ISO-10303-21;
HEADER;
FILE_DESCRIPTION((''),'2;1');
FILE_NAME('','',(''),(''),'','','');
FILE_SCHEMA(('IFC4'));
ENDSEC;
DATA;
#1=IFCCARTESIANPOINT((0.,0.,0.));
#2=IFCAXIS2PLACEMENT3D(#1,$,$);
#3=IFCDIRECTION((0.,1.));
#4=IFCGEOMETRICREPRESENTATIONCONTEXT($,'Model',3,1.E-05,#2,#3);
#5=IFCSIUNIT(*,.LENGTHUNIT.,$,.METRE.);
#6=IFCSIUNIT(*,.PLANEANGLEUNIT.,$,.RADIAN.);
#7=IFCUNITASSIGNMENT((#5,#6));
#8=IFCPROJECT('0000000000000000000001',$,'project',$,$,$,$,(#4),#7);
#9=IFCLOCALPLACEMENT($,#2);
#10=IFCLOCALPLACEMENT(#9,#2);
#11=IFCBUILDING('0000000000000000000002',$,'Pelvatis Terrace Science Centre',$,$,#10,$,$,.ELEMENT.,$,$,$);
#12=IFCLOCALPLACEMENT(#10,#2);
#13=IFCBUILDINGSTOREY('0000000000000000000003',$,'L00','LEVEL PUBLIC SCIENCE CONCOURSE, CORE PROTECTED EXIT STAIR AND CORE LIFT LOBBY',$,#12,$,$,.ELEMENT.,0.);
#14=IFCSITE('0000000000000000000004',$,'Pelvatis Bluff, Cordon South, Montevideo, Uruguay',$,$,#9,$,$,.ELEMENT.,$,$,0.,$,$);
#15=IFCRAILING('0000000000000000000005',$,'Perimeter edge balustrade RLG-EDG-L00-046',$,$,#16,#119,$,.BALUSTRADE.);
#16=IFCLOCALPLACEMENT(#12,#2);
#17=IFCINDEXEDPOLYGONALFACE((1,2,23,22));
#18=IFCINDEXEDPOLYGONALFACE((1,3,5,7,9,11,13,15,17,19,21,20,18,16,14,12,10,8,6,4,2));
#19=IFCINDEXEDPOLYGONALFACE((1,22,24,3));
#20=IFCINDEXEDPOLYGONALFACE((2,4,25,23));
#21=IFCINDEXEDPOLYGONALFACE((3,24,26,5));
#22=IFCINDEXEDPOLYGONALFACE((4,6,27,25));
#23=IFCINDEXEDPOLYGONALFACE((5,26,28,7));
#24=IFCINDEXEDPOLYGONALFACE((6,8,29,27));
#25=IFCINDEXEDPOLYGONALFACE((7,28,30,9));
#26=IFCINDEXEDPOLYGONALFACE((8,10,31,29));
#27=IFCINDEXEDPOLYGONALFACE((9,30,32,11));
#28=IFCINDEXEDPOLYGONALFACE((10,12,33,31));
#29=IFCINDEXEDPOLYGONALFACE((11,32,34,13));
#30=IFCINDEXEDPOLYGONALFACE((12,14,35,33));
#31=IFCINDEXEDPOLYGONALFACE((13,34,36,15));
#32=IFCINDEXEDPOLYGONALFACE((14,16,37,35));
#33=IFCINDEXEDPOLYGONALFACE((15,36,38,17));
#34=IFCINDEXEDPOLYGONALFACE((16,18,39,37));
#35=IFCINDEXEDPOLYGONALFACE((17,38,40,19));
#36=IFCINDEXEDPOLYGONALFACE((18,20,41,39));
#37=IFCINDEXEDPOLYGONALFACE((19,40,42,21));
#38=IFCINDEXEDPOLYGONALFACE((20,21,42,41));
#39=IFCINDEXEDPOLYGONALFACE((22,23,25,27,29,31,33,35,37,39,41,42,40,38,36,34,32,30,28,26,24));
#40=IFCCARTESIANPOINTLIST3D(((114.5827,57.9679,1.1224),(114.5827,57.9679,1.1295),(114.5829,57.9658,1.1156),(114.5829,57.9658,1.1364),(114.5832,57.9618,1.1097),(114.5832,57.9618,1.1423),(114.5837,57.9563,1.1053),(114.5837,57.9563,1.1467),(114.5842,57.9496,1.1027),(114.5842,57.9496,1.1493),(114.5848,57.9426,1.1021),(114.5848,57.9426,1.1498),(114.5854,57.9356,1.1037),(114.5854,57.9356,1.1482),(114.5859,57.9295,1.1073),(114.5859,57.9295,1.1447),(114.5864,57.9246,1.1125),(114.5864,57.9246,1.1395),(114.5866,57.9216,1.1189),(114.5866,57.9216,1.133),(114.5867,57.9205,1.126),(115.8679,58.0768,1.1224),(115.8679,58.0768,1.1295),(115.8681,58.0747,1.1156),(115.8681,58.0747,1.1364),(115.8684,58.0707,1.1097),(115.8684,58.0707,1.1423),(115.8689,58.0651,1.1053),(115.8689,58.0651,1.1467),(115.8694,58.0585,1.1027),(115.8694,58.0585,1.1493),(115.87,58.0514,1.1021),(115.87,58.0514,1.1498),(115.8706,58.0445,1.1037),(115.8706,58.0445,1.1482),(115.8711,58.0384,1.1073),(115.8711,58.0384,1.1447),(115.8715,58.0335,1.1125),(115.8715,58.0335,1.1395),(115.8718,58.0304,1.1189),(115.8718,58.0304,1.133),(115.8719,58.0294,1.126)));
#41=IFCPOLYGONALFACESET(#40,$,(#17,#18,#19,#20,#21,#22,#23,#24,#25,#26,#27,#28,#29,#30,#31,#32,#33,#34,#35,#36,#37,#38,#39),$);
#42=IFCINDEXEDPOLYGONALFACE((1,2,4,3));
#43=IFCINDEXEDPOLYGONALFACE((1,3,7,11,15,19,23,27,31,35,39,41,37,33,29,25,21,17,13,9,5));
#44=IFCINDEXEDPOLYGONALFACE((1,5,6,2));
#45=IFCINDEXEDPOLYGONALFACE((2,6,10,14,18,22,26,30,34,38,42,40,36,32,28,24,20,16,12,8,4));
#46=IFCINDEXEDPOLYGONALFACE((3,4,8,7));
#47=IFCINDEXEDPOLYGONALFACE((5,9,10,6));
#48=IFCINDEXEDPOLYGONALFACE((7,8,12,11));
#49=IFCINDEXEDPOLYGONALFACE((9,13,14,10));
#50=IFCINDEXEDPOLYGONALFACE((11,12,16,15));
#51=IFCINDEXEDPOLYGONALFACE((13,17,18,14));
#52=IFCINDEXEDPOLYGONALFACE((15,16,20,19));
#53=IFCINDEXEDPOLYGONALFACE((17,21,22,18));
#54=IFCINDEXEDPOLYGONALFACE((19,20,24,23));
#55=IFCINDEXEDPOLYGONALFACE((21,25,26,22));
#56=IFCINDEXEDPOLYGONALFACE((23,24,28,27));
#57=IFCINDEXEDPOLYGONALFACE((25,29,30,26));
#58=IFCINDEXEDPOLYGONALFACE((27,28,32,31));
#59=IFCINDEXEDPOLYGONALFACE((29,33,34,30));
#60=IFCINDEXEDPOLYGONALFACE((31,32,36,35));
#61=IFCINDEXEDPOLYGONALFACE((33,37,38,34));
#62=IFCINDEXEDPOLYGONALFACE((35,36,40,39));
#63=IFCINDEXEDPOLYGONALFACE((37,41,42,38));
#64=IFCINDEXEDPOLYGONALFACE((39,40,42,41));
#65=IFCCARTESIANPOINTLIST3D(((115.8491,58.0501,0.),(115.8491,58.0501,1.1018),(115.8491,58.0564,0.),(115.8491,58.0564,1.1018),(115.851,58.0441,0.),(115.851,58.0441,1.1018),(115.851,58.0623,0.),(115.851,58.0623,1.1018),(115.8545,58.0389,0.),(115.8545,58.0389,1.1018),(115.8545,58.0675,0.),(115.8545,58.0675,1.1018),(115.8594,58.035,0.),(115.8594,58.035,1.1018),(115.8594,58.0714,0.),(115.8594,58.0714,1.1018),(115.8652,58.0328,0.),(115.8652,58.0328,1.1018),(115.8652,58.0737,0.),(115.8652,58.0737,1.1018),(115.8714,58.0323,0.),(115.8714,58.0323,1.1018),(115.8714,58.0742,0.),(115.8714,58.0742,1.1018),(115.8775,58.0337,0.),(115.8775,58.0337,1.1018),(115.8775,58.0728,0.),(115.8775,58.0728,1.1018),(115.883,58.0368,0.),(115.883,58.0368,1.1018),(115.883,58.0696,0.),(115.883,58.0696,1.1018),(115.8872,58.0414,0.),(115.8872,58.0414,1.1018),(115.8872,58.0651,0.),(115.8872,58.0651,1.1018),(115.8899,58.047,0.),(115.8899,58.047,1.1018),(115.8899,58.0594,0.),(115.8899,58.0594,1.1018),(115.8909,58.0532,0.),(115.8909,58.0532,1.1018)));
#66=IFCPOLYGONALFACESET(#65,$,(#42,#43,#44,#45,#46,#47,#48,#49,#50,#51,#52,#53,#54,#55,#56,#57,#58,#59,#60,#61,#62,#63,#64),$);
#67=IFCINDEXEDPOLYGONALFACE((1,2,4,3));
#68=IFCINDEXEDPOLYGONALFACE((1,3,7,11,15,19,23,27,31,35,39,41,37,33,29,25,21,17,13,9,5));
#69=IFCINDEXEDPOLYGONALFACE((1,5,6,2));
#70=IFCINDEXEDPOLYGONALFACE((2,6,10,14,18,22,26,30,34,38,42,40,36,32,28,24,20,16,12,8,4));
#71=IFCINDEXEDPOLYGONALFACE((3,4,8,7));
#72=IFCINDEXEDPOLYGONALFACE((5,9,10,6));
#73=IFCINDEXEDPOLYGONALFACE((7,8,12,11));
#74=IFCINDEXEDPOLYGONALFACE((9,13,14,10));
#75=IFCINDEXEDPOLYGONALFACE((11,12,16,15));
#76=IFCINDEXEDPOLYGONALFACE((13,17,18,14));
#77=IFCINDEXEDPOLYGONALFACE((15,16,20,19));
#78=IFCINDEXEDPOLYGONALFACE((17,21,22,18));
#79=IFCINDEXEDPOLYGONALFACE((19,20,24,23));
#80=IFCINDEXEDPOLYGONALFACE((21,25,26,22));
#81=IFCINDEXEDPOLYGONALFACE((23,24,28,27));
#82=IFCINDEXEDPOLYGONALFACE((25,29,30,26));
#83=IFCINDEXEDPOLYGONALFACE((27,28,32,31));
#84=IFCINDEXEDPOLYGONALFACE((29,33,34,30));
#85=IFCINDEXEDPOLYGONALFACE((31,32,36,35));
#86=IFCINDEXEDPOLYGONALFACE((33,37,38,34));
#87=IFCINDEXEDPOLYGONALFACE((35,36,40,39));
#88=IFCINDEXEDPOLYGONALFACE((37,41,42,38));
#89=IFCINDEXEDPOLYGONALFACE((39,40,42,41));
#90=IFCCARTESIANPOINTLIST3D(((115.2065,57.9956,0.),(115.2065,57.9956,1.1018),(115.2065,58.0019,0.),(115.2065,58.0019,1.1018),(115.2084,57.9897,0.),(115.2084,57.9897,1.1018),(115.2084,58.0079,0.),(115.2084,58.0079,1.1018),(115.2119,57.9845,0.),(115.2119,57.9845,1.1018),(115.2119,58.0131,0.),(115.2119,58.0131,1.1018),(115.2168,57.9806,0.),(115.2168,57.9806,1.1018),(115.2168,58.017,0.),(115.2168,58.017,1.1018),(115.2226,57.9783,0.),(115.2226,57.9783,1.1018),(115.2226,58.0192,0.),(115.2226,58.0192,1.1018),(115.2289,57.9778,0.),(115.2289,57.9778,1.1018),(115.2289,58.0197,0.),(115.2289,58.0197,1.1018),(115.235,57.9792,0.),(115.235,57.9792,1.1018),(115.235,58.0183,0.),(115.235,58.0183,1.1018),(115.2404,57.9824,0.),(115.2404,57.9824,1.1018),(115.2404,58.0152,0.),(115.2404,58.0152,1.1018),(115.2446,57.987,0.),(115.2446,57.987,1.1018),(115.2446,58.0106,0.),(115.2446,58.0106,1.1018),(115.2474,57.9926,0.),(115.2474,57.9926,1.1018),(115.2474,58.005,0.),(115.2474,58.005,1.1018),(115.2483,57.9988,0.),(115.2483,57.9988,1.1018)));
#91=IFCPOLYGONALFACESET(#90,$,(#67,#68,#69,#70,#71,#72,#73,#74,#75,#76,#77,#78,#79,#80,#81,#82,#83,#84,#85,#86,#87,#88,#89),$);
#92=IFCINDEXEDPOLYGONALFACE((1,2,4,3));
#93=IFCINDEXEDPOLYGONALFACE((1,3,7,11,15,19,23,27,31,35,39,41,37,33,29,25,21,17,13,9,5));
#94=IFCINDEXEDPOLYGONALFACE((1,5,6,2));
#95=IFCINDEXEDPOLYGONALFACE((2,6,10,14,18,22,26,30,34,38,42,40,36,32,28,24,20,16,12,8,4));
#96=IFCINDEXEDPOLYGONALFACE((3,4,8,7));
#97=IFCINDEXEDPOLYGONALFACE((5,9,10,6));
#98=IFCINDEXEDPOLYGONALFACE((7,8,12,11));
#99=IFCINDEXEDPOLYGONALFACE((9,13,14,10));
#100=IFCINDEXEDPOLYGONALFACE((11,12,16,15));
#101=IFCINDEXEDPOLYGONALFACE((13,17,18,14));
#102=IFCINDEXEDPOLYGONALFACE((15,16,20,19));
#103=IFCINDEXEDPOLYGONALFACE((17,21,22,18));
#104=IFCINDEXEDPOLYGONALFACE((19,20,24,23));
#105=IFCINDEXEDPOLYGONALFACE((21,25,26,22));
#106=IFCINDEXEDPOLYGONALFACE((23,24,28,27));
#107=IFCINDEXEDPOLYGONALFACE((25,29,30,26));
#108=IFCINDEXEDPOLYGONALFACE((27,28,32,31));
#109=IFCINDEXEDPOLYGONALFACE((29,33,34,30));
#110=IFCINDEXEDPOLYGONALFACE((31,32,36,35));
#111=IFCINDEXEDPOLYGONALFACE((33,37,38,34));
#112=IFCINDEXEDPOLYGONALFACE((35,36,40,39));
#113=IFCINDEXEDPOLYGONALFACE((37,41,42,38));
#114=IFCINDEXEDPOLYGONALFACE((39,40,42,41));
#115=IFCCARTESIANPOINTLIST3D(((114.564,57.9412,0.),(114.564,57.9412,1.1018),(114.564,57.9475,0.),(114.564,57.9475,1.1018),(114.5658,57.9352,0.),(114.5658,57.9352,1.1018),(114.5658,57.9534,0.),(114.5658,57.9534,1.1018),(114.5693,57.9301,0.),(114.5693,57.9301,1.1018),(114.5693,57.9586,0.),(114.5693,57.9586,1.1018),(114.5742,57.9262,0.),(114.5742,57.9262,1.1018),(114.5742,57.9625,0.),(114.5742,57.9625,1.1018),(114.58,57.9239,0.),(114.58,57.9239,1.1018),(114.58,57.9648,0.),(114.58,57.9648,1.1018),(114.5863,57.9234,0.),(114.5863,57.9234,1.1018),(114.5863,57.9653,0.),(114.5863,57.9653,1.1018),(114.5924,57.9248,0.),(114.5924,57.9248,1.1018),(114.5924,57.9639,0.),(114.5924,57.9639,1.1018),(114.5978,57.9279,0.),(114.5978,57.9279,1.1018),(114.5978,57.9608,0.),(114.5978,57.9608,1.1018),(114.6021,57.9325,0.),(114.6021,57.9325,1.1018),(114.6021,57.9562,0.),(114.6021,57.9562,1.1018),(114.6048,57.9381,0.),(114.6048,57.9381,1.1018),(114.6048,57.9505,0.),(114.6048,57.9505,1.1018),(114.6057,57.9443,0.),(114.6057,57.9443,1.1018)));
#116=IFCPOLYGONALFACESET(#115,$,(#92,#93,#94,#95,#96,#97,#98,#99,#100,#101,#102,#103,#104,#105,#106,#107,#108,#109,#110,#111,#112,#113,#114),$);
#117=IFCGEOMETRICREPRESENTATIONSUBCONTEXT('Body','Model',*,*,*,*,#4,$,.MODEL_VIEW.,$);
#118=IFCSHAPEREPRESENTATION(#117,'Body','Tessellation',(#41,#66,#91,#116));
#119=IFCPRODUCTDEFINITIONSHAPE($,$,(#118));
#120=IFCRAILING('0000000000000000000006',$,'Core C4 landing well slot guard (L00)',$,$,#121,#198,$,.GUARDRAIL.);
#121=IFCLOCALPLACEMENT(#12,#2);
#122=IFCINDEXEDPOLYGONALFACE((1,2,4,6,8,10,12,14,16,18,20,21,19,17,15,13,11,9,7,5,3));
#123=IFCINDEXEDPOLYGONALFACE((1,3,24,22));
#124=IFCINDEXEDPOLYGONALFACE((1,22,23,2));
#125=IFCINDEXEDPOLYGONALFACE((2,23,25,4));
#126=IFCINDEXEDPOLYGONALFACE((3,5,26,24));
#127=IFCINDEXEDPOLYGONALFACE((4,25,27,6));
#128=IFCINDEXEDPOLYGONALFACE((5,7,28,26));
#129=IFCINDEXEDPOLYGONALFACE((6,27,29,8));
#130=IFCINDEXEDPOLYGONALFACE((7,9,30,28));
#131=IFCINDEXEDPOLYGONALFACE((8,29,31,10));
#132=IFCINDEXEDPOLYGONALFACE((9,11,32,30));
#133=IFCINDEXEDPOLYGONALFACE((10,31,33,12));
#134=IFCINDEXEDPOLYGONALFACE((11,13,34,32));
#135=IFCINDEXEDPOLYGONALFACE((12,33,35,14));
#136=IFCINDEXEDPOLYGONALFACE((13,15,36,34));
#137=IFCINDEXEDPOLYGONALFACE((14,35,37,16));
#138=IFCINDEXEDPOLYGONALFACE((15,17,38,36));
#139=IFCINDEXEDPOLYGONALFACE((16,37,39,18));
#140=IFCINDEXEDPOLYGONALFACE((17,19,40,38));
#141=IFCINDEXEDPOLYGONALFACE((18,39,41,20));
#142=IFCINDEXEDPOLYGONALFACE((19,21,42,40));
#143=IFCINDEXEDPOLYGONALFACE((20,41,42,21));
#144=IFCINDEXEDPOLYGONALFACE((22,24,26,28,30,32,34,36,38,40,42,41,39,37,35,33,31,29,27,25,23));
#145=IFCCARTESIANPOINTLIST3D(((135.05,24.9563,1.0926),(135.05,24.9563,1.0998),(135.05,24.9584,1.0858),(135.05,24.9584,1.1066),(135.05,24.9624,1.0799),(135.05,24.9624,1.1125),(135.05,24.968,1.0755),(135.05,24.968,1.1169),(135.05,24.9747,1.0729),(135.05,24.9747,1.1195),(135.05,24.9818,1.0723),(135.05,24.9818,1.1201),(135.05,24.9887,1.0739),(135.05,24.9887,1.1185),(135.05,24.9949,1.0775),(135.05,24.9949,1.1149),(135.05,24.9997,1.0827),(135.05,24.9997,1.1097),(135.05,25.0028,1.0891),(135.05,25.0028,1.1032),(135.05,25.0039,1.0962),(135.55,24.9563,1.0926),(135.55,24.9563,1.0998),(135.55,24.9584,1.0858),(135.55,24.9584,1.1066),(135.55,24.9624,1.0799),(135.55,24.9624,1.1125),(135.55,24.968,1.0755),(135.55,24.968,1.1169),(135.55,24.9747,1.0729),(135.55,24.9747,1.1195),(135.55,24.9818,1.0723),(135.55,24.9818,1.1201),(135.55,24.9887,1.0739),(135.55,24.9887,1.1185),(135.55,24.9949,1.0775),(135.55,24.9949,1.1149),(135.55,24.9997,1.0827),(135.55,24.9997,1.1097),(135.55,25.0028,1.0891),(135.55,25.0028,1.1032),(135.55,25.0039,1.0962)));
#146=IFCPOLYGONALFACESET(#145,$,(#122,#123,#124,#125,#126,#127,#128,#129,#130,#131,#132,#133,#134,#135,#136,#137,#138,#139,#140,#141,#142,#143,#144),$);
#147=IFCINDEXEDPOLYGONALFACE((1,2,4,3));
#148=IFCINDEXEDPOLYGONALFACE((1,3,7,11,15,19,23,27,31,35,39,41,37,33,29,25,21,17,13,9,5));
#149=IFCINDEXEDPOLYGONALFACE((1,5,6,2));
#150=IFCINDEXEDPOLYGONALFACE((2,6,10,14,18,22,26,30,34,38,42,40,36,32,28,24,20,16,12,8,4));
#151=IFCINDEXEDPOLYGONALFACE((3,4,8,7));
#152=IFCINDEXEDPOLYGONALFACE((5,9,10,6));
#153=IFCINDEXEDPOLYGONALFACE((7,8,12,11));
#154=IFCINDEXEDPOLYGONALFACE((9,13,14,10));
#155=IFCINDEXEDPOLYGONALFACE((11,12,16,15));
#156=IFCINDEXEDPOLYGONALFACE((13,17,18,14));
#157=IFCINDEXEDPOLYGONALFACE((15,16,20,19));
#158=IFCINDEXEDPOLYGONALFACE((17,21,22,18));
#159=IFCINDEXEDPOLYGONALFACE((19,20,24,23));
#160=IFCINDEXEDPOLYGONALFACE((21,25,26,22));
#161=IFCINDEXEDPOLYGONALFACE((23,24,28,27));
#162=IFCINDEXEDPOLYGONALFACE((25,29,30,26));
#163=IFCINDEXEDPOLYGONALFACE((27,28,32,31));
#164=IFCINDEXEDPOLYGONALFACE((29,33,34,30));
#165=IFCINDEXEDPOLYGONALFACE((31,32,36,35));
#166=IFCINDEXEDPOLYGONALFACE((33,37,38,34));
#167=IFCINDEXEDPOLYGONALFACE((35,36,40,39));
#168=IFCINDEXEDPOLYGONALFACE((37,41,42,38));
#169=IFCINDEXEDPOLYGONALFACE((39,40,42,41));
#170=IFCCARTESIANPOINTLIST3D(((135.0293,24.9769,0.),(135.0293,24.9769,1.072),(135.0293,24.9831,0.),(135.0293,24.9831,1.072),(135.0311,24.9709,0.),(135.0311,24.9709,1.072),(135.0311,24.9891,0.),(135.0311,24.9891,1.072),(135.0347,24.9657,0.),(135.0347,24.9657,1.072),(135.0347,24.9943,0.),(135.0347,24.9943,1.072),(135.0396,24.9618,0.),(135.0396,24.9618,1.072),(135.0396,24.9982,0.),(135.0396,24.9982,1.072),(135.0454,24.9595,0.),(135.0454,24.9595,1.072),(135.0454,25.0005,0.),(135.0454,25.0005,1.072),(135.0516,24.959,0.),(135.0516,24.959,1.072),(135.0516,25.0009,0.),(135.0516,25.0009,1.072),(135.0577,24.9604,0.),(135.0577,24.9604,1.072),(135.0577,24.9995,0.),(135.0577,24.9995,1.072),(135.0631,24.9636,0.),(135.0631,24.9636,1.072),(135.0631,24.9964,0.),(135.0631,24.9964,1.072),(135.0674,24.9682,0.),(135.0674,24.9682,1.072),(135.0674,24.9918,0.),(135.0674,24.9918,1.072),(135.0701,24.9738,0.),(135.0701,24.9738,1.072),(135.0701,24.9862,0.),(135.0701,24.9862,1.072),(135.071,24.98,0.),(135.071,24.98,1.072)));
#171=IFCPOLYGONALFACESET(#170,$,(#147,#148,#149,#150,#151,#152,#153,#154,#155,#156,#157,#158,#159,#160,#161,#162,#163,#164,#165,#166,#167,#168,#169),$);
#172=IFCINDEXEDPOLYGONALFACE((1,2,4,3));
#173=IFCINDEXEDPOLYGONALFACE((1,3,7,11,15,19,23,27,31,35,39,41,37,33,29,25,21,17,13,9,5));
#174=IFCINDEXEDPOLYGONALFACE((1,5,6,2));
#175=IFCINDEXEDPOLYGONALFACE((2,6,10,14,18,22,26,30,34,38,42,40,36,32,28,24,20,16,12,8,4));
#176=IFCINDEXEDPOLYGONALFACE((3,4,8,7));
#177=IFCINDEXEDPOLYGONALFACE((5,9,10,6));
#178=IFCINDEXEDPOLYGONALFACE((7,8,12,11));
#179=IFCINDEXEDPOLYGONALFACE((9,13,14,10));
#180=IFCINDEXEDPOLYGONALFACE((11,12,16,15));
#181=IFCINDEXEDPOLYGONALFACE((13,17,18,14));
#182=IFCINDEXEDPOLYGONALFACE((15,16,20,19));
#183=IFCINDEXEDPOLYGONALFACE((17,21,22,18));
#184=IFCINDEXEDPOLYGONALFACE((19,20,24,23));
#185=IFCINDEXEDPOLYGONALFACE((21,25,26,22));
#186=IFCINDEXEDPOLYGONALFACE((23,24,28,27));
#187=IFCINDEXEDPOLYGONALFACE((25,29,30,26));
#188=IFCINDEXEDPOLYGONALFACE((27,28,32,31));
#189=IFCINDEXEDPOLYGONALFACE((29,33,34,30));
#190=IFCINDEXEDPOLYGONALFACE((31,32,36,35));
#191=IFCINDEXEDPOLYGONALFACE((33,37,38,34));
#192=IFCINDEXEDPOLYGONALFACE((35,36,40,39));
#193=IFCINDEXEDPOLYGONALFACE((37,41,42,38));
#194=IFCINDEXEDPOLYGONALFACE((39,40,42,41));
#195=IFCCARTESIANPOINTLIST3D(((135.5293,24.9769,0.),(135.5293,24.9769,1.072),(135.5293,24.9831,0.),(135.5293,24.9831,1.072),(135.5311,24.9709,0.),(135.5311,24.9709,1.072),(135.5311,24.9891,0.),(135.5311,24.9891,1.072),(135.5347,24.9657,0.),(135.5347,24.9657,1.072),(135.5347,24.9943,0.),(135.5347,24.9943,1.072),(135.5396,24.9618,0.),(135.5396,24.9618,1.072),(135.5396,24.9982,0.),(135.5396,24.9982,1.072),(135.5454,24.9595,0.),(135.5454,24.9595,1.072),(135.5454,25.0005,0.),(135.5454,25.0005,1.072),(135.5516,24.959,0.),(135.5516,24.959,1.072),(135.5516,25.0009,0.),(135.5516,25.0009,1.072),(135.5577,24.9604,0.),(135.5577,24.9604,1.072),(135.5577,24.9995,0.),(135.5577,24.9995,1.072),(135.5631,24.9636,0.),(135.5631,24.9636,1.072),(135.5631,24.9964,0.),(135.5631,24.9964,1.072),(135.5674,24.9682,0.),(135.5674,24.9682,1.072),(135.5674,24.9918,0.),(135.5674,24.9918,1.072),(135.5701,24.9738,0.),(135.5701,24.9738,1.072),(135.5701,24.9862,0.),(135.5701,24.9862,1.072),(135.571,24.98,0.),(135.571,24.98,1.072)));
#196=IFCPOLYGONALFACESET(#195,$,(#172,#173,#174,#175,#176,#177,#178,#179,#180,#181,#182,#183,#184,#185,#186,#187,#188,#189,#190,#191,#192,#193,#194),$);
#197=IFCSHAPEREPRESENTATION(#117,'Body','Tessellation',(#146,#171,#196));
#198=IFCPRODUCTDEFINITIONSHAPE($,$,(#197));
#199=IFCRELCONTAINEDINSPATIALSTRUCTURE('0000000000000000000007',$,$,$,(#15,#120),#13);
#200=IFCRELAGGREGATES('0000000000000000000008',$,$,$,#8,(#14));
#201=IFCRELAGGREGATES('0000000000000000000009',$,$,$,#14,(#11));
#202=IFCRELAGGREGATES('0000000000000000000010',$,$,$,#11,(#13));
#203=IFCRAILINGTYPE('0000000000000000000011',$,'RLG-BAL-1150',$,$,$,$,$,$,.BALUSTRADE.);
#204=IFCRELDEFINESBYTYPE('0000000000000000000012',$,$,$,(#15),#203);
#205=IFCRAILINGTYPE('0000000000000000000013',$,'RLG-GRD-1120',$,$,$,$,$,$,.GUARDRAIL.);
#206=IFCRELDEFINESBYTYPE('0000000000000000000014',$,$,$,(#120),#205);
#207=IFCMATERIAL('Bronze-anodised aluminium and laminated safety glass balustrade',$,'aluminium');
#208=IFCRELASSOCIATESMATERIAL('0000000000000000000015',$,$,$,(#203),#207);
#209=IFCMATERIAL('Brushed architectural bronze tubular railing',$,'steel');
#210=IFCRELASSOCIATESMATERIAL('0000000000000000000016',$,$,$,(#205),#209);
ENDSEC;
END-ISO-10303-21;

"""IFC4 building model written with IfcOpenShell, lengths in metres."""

from ifc_helpers import new_model, si_unit, direction, frame, origin, origin_2d, place, context, subcontext, project, spatial, circle, extrude, material, type_object, element, save


model = new_model("IFC4")

# Units and contexts
model_context = context("Model", 3, precision=1e-05, world=origin(), true_north=direction((0.0, 1.0)))
body_context = subcontext(model_context, "Body", "Model", "MODEL_VIEW")
ifc_project = project(units=[si_unit("LENGTHUNIT", "METRE"), si_unit("PLANEANGLEUNIT", "RADIAN")], contexts=[model_context])

# Site, building, storey
site_placement = place(None, origin())
site = spatial("IfcSite", under=ifc_project, at=site_placement, Name="Pelvatis Bluff, Cordon South, Montevideo, Uruguay", CompositionType="ELEMENT", RefElevation=0.0)
building_placement = place(site_placement, origin())
building = spatial("IfcBuilding", under=site, at=building_placement, Name="Pelvatis Terrace Science Centre", CompositionType="ELEMENT")
storey_placement = place(building_placement, origin())
storey = spatial("IfcBuildingStorey", under=building, at=storey_placement, Name="L00", Description="LEVEL PUBLIC SCIENCE CONCOURSE, CORE PROTECTED EXIT STAIR AND CORE LIFT LOBBY", CompositionType="ELEMENT", Elevation=0.0)

# Railings
ifc_material_1 = material(Name="Bronze-anodised aluminium and laminated safety glass balustrade", Category="aluminium")
railing_type_1 = type_object("IfcRailingType", Name="RLG-BAL-1150", PredefinedType="BALUSTRADE", material=ifc_material_1)
railing_1_placement = place(storey_placement, frame((115.8699, 58.0532, 0.0)))
element("IfcRailing", 1, at=railing_1_placement, inside=storey, type_object=railing_type_1, Name="Perimeter edge balustrade RLG-EDG-L00-046", PredefinedType="BALUSTRADE", context=body_context, shape_type="SweptSolid", body=[
    extrude(circle(Radius=0.0239, at=origin_2d()), frame((0.0, 0.0, 1.126), z_axis=(-0.99643, -0.084424, 0.0), x_axis=(0.084424, -0.99643, 0.0)), (0.0, 0.0, 1.0), 1.2898),
    extrude(circle(Radius=0.021, at=origin_2d()), origin(), (0.0, 0.0, 1.0), 1.1018),
    extrude(circle(Radius=0.021, at=origin_2d()), frame((-0.6426, -0.0544, 0.0)), (0.0, 0.0, 1.0), 1.1018),
    extrude(circle(Radius=0.021, at=origin_2d()), frame((-1.2852, -0.1089, 0.0)), (0.0, 0.0, 1.0), 1.1018),
])
ifc_material_2 = material(Name="Brushed architectural bronze tubular railing", Category="steel")
railing_type_2 = type_object("IfcRailingType", Name="RLG-GRD-1120", PredefinedType="GUARDRAIL", material=ifc_material_2)
railing_2_placement = place(storey_placement, frame((135.05, 24.98, 0.0)))
element("IfcRailing", 2, at=railing_2_placement, inside=storey, type_object=railing_type_2, Name="Core C4 landing well slot guard (L00)", PredefinedType="GUARDRAIL", context=body_context, shape_type="SweptSolid", body=[
    extrude(circle(Radius=0.0239, at=origin_2d()), frame((0.0, 0.0, 1.0962), z_axis=(1.0, 0.0, 0.0), x_axis=(0.0, 1.0, 0.0)), (0.0, 0.0, 1.0), 0.5),
    extrude(circle(Radius=0.021, at=origin_2d()), origin(), (0.0, 0.0, 1.0), 1.072),
    extrude(circle(Radius=0.021, at=origin_2d()), frame((0.5, 0.0, 0.0)), (0.0, 0.0, 1.0), 1.072),
])

save(model, "model.ifc")
